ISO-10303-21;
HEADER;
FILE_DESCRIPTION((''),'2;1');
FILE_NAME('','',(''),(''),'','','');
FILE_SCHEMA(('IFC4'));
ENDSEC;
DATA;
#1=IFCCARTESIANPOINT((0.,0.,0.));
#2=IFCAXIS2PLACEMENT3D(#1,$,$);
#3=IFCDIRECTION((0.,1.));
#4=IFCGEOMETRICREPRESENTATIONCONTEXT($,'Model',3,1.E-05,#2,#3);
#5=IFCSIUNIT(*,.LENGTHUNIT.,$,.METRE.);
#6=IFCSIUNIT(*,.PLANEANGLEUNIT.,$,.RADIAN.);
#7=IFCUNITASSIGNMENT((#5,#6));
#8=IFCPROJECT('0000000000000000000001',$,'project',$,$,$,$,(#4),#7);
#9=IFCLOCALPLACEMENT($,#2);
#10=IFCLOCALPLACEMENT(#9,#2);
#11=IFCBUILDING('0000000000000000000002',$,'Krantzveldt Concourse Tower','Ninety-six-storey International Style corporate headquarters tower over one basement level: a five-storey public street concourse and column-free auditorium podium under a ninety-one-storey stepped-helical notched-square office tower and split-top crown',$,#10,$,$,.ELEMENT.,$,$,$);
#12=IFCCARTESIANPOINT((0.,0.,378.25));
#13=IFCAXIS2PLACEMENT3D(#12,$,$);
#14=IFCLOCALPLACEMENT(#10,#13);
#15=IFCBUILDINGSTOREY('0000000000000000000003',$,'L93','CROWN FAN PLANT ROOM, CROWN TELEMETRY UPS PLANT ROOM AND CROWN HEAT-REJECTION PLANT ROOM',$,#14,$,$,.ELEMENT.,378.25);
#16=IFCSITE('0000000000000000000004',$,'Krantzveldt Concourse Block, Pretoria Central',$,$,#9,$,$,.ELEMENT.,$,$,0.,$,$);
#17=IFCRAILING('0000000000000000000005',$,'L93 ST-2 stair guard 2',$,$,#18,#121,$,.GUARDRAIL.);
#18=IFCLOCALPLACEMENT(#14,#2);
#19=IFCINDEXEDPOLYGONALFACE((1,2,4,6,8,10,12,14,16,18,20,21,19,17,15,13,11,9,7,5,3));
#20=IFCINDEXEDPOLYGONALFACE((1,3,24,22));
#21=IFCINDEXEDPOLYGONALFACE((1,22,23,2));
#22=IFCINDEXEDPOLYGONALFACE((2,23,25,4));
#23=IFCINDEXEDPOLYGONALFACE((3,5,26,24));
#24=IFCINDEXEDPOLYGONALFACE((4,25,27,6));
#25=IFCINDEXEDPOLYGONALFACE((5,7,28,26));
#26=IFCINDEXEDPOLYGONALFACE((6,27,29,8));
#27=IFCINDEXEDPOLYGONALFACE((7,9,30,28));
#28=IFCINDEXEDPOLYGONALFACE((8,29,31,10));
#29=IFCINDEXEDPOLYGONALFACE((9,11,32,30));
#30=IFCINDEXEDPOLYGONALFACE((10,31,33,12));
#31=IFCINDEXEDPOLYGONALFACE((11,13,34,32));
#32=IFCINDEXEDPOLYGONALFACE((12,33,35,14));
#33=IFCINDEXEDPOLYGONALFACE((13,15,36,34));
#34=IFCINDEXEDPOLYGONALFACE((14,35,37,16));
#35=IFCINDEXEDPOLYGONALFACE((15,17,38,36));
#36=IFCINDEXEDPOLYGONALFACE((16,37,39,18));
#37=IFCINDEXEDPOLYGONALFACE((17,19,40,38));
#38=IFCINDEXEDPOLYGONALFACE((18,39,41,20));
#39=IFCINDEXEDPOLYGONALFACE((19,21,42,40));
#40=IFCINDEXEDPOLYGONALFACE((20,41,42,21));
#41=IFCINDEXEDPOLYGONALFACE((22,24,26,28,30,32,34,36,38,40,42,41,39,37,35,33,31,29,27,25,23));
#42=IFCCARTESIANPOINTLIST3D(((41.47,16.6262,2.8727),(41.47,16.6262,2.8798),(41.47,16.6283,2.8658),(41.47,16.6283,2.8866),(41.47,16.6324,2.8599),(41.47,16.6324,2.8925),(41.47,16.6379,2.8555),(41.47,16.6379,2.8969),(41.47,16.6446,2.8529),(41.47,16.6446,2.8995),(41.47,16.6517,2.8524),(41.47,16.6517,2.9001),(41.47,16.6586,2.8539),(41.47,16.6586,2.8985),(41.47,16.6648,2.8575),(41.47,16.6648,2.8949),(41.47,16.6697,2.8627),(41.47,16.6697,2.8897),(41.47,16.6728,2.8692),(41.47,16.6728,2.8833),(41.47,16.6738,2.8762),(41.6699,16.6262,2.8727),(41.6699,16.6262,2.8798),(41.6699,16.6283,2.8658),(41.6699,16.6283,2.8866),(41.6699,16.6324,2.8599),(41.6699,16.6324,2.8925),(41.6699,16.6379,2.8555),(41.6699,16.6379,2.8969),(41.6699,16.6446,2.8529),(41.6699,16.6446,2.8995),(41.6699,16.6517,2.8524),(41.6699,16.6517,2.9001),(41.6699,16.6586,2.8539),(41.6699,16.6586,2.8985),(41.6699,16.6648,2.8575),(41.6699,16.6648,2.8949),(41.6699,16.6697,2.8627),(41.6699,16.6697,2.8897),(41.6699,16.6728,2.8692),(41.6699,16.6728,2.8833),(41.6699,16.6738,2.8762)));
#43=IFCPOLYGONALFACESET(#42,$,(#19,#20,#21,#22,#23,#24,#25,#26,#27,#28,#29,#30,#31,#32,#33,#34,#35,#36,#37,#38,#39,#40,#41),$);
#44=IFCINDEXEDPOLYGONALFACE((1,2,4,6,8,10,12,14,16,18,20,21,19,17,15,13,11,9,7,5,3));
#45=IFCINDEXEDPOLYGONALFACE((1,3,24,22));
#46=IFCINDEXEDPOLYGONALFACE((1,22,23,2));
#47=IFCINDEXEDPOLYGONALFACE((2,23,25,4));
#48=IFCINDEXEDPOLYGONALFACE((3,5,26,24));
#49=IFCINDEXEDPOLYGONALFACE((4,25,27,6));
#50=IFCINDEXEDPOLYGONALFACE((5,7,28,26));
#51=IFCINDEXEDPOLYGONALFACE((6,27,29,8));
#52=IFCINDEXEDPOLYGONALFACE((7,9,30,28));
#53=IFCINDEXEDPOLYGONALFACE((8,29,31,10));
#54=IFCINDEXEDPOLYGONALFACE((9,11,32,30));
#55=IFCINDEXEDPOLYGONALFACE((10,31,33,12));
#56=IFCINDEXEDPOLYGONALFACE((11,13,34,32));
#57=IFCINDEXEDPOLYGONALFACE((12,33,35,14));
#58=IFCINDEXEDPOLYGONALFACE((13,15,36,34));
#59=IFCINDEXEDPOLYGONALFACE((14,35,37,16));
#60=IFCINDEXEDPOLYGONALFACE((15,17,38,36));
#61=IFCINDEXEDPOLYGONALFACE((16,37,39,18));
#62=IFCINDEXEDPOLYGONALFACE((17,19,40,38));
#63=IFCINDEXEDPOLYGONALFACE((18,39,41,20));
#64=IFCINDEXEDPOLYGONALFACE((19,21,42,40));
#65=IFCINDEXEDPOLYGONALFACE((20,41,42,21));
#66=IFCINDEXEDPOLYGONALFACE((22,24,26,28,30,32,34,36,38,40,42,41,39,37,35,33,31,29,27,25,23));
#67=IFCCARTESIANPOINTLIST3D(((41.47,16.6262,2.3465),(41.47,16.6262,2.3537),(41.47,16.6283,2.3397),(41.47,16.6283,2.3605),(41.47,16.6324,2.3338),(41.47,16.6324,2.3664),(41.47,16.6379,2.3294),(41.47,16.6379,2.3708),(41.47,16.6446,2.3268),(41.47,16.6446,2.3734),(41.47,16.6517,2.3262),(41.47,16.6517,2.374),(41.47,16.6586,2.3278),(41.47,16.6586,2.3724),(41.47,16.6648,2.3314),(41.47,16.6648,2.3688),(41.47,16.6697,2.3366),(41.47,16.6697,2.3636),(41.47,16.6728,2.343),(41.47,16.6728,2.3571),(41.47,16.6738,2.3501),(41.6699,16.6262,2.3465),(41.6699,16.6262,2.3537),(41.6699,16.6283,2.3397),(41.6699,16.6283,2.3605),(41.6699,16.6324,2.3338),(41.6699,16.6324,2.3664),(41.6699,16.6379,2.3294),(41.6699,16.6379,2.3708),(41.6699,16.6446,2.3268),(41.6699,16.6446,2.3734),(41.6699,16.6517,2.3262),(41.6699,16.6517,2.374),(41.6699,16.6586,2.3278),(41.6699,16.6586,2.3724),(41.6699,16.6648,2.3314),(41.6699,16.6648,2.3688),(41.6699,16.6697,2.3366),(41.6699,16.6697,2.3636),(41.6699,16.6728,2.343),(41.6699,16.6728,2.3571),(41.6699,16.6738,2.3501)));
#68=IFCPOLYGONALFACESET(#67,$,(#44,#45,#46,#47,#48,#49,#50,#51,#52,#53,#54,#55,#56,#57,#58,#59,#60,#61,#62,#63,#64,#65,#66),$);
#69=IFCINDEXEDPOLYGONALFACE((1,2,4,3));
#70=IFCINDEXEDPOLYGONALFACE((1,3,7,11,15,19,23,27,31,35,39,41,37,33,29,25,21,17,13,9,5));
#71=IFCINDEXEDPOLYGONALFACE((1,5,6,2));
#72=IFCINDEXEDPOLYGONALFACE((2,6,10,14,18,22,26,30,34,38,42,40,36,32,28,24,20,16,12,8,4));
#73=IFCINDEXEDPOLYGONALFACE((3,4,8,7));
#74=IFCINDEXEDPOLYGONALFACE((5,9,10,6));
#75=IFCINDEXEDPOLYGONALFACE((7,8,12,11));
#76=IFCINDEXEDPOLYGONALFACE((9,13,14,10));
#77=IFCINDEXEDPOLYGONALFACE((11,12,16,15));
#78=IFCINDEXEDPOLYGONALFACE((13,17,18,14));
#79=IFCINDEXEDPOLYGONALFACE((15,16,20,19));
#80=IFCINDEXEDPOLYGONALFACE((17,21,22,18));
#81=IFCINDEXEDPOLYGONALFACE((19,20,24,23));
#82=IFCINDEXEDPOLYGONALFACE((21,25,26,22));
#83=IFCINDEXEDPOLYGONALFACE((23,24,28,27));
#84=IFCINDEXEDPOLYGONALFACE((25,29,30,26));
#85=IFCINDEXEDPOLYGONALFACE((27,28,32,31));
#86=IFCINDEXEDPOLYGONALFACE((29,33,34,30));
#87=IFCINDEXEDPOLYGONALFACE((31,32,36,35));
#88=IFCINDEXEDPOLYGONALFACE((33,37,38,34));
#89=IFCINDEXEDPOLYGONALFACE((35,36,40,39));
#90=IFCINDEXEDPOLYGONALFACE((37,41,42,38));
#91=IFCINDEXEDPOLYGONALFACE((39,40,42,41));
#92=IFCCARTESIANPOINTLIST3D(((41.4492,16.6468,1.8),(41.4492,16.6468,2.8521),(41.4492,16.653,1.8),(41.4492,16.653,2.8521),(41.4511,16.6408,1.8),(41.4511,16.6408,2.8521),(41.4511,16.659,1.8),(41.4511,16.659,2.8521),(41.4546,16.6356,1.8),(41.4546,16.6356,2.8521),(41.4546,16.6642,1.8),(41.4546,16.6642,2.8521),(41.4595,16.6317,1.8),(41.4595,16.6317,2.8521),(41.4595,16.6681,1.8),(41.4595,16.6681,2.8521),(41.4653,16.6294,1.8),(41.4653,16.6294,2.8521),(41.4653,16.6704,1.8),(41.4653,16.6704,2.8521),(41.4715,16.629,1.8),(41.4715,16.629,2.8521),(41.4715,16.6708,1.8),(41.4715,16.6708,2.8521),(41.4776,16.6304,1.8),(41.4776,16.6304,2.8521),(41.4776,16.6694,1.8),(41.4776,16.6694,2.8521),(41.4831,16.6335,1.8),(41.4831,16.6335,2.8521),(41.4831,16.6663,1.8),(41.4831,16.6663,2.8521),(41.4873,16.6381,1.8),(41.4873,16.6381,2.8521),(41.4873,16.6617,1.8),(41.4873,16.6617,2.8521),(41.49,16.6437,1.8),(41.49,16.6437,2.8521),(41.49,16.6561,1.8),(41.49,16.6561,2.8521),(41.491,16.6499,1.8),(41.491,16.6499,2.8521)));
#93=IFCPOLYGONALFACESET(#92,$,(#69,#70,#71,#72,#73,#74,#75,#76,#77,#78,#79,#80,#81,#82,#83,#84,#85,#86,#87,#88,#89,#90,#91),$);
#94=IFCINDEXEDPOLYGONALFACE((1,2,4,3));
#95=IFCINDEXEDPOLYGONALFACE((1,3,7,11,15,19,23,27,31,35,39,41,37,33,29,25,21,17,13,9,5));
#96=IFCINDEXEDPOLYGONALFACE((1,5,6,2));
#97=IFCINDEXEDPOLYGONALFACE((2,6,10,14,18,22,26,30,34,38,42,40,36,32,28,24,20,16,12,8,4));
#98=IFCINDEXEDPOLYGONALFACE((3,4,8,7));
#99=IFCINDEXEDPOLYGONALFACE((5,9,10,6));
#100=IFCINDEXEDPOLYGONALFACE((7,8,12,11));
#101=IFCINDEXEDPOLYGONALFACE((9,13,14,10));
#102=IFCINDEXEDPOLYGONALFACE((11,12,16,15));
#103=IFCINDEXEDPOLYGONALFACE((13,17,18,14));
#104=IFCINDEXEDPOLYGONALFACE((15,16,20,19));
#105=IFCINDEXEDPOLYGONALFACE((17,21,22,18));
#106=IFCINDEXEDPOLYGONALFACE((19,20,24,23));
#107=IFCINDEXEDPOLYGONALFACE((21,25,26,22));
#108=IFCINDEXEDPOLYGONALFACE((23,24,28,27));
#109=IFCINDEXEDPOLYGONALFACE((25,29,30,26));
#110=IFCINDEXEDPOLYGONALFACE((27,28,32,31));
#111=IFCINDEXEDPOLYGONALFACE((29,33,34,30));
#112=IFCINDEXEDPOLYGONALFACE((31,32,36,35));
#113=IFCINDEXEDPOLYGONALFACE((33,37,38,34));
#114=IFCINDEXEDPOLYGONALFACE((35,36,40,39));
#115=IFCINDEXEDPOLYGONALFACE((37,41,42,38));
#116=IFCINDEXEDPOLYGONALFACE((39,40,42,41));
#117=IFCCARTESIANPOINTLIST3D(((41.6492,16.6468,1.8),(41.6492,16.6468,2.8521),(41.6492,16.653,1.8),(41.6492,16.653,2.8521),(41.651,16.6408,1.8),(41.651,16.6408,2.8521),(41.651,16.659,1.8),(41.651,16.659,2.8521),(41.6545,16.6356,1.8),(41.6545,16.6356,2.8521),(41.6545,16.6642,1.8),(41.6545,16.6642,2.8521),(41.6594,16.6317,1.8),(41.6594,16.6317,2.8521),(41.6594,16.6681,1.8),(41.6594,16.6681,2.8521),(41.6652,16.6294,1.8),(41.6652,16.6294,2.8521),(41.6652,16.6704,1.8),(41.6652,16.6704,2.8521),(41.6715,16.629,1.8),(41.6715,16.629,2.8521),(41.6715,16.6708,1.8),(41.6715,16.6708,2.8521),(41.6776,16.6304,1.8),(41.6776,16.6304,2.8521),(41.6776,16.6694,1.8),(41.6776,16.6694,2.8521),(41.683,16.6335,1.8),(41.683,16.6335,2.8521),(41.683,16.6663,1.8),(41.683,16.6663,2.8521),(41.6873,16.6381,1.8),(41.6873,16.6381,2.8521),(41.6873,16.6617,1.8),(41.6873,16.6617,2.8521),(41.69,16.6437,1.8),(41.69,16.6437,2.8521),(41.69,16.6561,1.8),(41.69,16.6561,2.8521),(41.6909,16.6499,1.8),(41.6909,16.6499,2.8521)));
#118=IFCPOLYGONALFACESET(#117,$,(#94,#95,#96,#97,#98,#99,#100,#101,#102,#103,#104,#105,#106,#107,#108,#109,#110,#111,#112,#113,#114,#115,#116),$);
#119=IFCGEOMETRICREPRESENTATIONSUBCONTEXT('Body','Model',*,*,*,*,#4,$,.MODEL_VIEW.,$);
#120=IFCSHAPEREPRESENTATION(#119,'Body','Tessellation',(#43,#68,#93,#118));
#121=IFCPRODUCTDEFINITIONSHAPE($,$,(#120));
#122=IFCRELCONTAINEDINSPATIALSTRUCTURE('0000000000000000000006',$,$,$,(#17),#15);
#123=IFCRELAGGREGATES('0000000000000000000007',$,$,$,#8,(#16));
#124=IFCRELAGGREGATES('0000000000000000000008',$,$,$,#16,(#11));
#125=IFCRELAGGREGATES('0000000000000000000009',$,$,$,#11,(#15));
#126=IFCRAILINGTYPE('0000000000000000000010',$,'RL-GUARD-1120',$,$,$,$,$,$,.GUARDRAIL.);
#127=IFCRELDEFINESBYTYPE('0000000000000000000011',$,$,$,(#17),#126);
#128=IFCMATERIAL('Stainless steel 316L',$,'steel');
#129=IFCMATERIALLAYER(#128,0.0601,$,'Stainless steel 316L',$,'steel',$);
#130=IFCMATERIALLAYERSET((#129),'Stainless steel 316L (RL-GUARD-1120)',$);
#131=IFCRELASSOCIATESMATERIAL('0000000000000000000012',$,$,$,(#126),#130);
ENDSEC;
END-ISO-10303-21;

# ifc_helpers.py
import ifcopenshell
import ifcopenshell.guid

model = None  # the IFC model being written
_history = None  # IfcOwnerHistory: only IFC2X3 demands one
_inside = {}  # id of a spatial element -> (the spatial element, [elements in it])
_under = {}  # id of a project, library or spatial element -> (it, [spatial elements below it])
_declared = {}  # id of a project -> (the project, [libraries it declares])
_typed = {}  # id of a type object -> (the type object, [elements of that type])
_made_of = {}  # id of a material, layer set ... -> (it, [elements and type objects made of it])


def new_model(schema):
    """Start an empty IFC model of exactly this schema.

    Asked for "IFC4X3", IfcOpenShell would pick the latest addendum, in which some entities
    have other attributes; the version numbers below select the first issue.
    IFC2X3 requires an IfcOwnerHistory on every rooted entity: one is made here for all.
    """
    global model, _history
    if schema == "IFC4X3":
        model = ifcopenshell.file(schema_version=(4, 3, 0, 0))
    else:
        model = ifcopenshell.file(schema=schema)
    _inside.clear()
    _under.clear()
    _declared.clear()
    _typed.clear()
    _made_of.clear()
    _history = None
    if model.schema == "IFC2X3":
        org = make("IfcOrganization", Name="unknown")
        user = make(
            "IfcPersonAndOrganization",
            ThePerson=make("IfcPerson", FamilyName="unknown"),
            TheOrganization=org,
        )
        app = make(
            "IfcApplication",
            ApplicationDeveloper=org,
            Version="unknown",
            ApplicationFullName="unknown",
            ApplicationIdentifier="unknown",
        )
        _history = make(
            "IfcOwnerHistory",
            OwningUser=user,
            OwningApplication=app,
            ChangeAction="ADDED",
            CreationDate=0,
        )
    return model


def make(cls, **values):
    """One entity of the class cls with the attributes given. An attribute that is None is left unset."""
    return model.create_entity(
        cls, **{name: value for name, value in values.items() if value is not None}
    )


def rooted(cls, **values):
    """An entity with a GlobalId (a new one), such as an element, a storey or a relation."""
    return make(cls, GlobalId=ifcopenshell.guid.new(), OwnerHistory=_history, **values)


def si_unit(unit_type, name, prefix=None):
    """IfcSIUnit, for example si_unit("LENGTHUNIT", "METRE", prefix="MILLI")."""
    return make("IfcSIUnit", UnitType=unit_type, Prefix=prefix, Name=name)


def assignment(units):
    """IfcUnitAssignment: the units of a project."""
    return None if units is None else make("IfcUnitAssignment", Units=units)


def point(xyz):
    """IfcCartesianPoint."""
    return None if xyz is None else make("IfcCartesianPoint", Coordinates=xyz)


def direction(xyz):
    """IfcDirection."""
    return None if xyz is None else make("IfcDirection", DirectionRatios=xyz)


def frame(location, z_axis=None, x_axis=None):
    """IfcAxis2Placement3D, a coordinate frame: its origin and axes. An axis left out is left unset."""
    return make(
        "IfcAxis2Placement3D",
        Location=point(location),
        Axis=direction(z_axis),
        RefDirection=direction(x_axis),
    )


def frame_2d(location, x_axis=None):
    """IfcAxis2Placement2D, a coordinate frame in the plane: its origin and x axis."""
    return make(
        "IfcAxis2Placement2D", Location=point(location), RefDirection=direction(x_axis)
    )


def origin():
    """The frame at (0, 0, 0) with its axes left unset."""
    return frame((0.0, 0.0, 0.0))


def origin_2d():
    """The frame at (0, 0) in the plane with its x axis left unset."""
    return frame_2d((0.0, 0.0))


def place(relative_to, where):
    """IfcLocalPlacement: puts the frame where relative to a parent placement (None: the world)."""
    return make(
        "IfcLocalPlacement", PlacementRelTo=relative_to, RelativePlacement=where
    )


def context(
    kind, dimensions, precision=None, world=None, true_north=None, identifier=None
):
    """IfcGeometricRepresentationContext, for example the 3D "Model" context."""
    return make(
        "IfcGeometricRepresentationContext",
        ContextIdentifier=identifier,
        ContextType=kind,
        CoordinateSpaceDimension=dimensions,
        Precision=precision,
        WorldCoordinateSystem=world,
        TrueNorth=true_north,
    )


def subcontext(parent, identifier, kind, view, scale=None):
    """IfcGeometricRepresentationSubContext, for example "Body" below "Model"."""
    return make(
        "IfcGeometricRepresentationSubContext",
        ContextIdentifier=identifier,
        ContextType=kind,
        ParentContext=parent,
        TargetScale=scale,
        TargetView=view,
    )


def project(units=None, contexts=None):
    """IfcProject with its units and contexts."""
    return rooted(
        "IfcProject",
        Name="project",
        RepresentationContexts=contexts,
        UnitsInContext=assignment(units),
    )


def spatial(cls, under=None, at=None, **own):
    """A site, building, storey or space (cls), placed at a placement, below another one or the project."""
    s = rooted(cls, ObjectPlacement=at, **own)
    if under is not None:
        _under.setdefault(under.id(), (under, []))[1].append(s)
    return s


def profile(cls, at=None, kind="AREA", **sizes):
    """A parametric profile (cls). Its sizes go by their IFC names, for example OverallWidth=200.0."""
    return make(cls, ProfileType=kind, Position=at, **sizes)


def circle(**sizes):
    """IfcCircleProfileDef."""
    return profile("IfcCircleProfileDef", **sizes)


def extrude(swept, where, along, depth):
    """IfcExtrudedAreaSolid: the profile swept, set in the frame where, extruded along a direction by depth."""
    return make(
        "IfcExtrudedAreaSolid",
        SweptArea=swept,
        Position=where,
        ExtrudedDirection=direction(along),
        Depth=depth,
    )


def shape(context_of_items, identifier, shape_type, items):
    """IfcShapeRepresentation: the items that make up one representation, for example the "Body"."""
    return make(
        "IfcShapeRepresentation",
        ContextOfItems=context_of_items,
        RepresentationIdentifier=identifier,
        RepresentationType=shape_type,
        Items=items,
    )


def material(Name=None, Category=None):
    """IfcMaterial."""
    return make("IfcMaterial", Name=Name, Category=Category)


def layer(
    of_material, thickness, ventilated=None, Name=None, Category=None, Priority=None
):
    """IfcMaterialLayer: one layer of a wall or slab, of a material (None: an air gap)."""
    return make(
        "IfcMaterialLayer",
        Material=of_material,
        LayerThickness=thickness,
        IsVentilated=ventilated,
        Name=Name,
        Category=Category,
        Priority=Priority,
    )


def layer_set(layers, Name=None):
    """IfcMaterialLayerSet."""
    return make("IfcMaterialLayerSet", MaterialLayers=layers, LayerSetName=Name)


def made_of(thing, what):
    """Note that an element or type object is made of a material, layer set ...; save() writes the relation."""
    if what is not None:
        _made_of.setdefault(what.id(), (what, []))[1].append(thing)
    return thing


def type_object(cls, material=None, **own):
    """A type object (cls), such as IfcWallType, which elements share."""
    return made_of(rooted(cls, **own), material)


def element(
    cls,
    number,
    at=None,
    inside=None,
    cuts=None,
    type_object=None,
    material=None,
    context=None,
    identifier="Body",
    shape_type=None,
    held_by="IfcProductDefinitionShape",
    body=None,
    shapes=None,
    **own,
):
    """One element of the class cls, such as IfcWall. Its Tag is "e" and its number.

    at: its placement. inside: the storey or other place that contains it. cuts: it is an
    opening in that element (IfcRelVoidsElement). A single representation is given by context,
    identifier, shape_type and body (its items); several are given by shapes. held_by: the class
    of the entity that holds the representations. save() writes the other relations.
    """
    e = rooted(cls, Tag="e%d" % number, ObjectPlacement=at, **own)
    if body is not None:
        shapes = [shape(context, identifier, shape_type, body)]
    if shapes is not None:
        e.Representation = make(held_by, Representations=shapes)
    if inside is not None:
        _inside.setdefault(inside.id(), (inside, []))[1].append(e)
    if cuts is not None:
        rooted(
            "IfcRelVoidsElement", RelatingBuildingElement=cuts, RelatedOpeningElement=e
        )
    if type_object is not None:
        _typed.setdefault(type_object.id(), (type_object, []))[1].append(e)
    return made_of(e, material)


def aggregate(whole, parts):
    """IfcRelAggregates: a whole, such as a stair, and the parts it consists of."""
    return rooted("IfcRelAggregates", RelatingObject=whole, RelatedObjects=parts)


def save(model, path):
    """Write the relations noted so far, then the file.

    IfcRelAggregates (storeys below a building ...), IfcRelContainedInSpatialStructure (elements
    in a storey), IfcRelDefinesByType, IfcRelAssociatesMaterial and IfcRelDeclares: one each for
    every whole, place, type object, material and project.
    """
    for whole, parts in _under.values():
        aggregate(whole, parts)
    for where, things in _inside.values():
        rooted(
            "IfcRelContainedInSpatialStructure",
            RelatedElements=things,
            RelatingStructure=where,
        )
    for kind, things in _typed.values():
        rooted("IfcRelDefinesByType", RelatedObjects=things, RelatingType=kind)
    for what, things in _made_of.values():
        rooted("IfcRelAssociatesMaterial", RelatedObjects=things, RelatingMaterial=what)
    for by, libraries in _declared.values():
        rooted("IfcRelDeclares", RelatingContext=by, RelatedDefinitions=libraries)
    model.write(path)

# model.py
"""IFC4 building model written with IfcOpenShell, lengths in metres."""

from ifc_helpers import new_model, si_unit, direction, frame, origin, origin_2d, place, context, subcontext, project, spatial, circle, extrude, material, layer, layer_set, type_object, element, save


model = new_model("IFC4")

# Units and contexts
model_context = context("Model", 3, precision=1e-05, world=origin(), true_north=direction((0.0, 1.0)))
body_context = subcontext(model_context, "Body", "Model", "MODEL_VIEW")
ifc_project = project(units=[si_unit("LENGTHUNIT", "METRE"), si_unit("PLANEANGLEUNIT", "RADIAN")], contexts=[model_context])

# Site, building, storey
site_placement = place(None, origin())
site = spatial("IfcSite", under=ifc_project, at=site_placement, Name="Krantzveldt Concourse Block, Pretoria Central", CompositionType="ELEMENT", RefElevation=0.0)
building_placement = place(site_placement, origin())
building = spatial("IfcBuilding", under=site, at=building_placement, Name="Krantzveldt Concourse Tower", Description="Ninety-six-storey International Style corporate headquarters tower over one basement level: a five-storey public street concourse and column-free auditorium podium under a ninety-one-storey stepped-helical notched-square office tower and split-top crown", CompositionType="ELEMENT")
storey_placement = place(building_placement, frame((0.0, 0.0, 378.25)))
storey = spatial("IfcBuildingStorey", under=building, at=storey_placement, Name="L93", Description="CROWN FAN PLANT ROOM, CROWN TELEMETRY UPS PLANT ROOM AND CROWN HEAT-REJECTION PLANT ROOM", CompositionType="ELEMENT", Elevation=378.25)

# Railing
ifc_material_1 = material(Name="Stainless steel 316L", Category="steel")
ifc_layer_1 = layer(ifc_material_1, 0.0601, Name="Stainless steel 316L", Category="steel")
ifc_layer_set_1 = layer_set([ifc_layer_1], Name="Stainless steel 316L (RL-GUARD-1120)")
railing_type_1 = type_object("IfcRailingType", Name="RL-GUARD-1120", PredefinedType="GUARDRAIL", material=ifc_layer_set_1)
railing_1_placement = place(storey_placement, frame((41.47, 16.6499, 1.8)))
element("IfcRailing", 1, at=railing_1_placement, inside=storey, type_object=railing_type_1, Name="L93 ST-2 stair guard 2", PredefinedType="GUARDRAIL", context=body_context, shape_type="SweptSolid", body=[
    extrude(circle(Radius=0.0239, at=origin_2d()), frame((0.0, 0.0, 1.0762), z_axis=(1.0, 0.0, 0.0), x_axis=(0.0, 1.0, 0.0)), (0.0, 0.0, 1.0), 0.2),
    extrude(circle(Radius=0.0239, at=origin_2d()), frame((0.0, 0.0, 0.55), z_axis=(1.0, 0.0, 0.0), x_axis=(0.0, 1.0, 0.0)), (0.0, 0.0, 1.0), 0.2),
    extrude(circle(Radius=0.021, at=origin_2d()), origin(), (0.0, 0.0, 1.0), 1.052),
    extrude(circle(Radius=0.021, at=origin_2d()), frame((0.2, 0.0, 0.0)), (0.0, 0.0, 1.0), 1.052),
])

save(model, "model.ifc")
